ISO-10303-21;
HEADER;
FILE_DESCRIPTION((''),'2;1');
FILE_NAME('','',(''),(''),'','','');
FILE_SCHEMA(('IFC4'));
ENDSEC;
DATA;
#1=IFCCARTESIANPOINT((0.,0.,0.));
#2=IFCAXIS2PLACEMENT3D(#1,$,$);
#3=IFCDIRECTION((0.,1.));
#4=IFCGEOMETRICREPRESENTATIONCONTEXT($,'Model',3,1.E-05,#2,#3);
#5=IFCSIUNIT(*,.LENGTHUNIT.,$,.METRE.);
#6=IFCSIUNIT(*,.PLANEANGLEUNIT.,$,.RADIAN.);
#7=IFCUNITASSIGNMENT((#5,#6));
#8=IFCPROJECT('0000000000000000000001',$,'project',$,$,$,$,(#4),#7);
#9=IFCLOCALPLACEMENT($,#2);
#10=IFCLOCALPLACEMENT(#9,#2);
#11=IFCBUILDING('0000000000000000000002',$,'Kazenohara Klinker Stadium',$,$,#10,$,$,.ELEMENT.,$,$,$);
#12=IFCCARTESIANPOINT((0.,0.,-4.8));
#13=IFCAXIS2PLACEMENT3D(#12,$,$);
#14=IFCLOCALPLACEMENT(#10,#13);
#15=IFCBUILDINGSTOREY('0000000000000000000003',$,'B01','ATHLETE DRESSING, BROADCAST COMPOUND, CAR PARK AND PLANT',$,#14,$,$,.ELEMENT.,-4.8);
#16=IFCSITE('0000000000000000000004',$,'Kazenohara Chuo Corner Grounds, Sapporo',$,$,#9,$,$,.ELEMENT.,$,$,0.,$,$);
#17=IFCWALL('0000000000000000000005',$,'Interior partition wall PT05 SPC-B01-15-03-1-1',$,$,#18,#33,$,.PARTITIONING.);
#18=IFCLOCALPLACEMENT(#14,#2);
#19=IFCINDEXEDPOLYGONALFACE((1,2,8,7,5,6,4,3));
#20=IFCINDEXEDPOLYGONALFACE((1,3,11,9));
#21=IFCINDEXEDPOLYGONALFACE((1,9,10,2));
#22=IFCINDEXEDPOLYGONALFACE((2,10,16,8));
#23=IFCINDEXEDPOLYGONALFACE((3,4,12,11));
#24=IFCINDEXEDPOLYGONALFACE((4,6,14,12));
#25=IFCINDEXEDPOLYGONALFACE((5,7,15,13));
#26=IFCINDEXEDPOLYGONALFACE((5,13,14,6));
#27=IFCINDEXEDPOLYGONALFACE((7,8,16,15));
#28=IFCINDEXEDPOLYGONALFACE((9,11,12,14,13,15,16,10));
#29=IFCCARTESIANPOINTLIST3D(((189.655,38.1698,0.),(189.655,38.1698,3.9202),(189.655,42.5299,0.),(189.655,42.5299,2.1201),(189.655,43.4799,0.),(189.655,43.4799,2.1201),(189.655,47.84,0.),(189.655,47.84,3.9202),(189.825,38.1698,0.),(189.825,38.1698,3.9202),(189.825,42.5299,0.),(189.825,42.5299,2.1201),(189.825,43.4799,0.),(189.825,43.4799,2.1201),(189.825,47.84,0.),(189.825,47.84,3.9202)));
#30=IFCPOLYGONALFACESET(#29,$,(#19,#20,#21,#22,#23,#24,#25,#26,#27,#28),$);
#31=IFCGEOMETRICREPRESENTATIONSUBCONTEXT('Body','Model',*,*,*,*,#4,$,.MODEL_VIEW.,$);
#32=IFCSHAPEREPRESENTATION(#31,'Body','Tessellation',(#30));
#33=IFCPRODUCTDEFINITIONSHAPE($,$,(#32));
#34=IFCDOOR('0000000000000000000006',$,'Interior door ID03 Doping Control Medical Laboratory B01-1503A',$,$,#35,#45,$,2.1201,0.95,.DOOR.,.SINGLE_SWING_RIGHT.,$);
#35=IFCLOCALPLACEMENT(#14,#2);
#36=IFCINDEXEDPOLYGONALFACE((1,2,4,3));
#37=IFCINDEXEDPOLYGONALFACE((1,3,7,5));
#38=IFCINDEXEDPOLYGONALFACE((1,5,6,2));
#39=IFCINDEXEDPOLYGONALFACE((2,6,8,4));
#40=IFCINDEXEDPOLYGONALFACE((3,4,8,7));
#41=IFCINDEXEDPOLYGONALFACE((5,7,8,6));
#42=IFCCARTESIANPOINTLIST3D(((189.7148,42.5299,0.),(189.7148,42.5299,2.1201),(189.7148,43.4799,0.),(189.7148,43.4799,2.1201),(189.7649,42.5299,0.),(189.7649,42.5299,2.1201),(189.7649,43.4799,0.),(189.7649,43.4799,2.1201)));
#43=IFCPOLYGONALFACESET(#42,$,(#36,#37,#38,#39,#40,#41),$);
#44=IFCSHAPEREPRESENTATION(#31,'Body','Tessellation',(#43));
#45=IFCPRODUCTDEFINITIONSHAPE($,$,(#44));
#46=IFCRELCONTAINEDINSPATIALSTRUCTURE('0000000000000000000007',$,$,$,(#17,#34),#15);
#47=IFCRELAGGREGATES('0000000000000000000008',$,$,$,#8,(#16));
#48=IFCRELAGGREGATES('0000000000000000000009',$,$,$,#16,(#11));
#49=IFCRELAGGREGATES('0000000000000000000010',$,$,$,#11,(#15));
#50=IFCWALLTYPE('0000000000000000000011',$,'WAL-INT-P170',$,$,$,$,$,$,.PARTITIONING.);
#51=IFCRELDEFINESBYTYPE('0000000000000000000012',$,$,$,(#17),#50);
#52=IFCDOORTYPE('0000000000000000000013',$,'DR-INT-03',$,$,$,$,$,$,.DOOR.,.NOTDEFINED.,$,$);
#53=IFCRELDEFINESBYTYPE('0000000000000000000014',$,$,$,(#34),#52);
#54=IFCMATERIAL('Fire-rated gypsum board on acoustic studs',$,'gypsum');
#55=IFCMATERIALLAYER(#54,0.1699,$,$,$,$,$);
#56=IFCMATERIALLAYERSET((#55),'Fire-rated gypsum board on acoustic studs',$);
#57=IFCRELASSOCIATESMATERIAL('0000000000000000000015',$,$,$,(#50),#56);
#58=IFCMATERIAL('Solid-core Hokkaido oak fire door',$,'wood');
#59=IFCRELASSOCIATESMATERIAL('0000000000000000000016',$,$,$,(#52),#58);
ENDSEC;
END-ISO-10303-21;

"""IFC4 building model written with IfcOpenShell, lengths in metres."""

from ifc_helpers import new_model, si_unit, direction, frame, frame_2d, origin, place, context, subcontext, project, spatial, rectangle, extrude, material, layer, layer_set, type_object, element, fill, save


model = new_model("IFC4")

# Units and contexts
model_context = context("Model", 3, precision=1e-05, world=origin(), true_north=direction((0.0, 1.0)))
body_context = subcontext(model_context, "Body", "Model", "MODEL_VIEW")
ifc_project = project(units=[si_unit("LENGTHUNIT", "METRE"), si_unit("PLANEANGLEUNIT", "RADIAN")], contexts=[model_context])

# Site, building, storey
site_placement = place(None, origin())
site = spatial("IfcSite", under=ifc_project, at=site_placement, Name="Kazenohara Chuo Corner Grounds, Sapporo", CompositionType="ELEMENT", RefElevation=0.0)
building_placement = place(site_placement, origin())
building = spatial("IfcBuilding", under=site, at=building_placement, Name="Kazenohara Klinker Stadium", CompositionType="ELEMENT")
storey_placement = place(building_placement, frame((0.0, 0.0, -4.8)))
storey = spatial("IfcBuildingStorey", under=building, at=storey_placement, Name="B01", Description="ATHLETE DRESSING, BROADCAST COMPOUND, CAR PARK AND PLANT", CompositionType="ELEMENT", Elevation=-4.8)

# Wall, opening, door
ifc_material_1 = material(Name="Fire-rated gypsum board on acoustic studs", Category="gypsum")
ifc_layer_1 = layer(ifc_material_1, 0.1699)
ifc_layer_set_1 = layer_set([ifc_layer_1], Name="Fire-rated gypsum board on acoustic studs")
wall_type_1 = type_object("IfcWallType", Name="WAL-INT-P170", PredefinedType="PARTITIONING", material=ifc_layer_set_1)
wall_1_placement = place(storey_placement, frame((189.74, 38.1699, 0.0), z_axis=(0.0, 0.0, 1.0), x_axis=(0.0, 1.0, 0.0)))
wall_1 = element("IfcWall", 1, at=wall_1_placement, inside=storey, type_object=wall_type_1, Name="Interior partition wall PT05 SPC-B01-15-03-1-1", PredefinedType="PARTITIONING", context=body_context, shape_type="SweptSolid", body=[
    extrude(rectangle(XDim=9.6702, YDim=0.1699, at=frame_2d((4.835, 0.0))), origin(), (0.0, 0.0, 1.0), 3.9202),
])
opening_placement = place(wall_1_placement, frame((5.3101, 0.0, 0.0), z_axis=(0.0, 0.0, 1.0), x_axis=(-1.0, 0.0, 0.0)))
opening = element("IfcOpeningElement", 2, at=opening_placement, cuts=wall_1, PredefinedType="OPENING", context=body_context, shape_type="SweptSolid", body=[
    extrude(rectangle(XDim=0.95, YDim=2.1201, at=frame_2d((0.4751, 1.0601))), frame((0.0, 0.095, 0.0), z_axis=(0.0, -1.0, 0.0), x_axis=(1.0, 0.0, 0.0)), (0.0, 0.0, 1.0), 0.1899),
])
ifc_material_2 = material(Name="Solid-core Hokkaido oak fire door", Category="wood")
door_type = type_object("IfcDoorType", Name="DR-INT-03", OperationType="NOTDEFINED", PredefinedType="DOOR", material=ifc_material_2)
door_placement = place(opening_placement, origin())
door = element("IfcDoor", 3, at=door_placement, inside=storey, type_object=door_type, Name="Interior door ID03 Doping Control Medical Laboratory B01-1503A", OperationType="SINGLE_SWING_RIGHT", OverallHeight=2.1201, OverallWidth=0.95, PredefinedType="DOOR", context=body_context, shape_type="SweptSolid", body=[
    extrude(rectangle(XDim=0.95, YDim=2.1201, at=frame_2d((0.4751, 1.0601))), frame((0.0, 0.0249, 0.0), z_axis=(0.0, -1.0, 0.0), x_axis=(1.0, 0.0, 0.0)), (0.0, 0.0, 1.0), 0.05),
])
fill(opening, door)

save(model, "model.ifc")
